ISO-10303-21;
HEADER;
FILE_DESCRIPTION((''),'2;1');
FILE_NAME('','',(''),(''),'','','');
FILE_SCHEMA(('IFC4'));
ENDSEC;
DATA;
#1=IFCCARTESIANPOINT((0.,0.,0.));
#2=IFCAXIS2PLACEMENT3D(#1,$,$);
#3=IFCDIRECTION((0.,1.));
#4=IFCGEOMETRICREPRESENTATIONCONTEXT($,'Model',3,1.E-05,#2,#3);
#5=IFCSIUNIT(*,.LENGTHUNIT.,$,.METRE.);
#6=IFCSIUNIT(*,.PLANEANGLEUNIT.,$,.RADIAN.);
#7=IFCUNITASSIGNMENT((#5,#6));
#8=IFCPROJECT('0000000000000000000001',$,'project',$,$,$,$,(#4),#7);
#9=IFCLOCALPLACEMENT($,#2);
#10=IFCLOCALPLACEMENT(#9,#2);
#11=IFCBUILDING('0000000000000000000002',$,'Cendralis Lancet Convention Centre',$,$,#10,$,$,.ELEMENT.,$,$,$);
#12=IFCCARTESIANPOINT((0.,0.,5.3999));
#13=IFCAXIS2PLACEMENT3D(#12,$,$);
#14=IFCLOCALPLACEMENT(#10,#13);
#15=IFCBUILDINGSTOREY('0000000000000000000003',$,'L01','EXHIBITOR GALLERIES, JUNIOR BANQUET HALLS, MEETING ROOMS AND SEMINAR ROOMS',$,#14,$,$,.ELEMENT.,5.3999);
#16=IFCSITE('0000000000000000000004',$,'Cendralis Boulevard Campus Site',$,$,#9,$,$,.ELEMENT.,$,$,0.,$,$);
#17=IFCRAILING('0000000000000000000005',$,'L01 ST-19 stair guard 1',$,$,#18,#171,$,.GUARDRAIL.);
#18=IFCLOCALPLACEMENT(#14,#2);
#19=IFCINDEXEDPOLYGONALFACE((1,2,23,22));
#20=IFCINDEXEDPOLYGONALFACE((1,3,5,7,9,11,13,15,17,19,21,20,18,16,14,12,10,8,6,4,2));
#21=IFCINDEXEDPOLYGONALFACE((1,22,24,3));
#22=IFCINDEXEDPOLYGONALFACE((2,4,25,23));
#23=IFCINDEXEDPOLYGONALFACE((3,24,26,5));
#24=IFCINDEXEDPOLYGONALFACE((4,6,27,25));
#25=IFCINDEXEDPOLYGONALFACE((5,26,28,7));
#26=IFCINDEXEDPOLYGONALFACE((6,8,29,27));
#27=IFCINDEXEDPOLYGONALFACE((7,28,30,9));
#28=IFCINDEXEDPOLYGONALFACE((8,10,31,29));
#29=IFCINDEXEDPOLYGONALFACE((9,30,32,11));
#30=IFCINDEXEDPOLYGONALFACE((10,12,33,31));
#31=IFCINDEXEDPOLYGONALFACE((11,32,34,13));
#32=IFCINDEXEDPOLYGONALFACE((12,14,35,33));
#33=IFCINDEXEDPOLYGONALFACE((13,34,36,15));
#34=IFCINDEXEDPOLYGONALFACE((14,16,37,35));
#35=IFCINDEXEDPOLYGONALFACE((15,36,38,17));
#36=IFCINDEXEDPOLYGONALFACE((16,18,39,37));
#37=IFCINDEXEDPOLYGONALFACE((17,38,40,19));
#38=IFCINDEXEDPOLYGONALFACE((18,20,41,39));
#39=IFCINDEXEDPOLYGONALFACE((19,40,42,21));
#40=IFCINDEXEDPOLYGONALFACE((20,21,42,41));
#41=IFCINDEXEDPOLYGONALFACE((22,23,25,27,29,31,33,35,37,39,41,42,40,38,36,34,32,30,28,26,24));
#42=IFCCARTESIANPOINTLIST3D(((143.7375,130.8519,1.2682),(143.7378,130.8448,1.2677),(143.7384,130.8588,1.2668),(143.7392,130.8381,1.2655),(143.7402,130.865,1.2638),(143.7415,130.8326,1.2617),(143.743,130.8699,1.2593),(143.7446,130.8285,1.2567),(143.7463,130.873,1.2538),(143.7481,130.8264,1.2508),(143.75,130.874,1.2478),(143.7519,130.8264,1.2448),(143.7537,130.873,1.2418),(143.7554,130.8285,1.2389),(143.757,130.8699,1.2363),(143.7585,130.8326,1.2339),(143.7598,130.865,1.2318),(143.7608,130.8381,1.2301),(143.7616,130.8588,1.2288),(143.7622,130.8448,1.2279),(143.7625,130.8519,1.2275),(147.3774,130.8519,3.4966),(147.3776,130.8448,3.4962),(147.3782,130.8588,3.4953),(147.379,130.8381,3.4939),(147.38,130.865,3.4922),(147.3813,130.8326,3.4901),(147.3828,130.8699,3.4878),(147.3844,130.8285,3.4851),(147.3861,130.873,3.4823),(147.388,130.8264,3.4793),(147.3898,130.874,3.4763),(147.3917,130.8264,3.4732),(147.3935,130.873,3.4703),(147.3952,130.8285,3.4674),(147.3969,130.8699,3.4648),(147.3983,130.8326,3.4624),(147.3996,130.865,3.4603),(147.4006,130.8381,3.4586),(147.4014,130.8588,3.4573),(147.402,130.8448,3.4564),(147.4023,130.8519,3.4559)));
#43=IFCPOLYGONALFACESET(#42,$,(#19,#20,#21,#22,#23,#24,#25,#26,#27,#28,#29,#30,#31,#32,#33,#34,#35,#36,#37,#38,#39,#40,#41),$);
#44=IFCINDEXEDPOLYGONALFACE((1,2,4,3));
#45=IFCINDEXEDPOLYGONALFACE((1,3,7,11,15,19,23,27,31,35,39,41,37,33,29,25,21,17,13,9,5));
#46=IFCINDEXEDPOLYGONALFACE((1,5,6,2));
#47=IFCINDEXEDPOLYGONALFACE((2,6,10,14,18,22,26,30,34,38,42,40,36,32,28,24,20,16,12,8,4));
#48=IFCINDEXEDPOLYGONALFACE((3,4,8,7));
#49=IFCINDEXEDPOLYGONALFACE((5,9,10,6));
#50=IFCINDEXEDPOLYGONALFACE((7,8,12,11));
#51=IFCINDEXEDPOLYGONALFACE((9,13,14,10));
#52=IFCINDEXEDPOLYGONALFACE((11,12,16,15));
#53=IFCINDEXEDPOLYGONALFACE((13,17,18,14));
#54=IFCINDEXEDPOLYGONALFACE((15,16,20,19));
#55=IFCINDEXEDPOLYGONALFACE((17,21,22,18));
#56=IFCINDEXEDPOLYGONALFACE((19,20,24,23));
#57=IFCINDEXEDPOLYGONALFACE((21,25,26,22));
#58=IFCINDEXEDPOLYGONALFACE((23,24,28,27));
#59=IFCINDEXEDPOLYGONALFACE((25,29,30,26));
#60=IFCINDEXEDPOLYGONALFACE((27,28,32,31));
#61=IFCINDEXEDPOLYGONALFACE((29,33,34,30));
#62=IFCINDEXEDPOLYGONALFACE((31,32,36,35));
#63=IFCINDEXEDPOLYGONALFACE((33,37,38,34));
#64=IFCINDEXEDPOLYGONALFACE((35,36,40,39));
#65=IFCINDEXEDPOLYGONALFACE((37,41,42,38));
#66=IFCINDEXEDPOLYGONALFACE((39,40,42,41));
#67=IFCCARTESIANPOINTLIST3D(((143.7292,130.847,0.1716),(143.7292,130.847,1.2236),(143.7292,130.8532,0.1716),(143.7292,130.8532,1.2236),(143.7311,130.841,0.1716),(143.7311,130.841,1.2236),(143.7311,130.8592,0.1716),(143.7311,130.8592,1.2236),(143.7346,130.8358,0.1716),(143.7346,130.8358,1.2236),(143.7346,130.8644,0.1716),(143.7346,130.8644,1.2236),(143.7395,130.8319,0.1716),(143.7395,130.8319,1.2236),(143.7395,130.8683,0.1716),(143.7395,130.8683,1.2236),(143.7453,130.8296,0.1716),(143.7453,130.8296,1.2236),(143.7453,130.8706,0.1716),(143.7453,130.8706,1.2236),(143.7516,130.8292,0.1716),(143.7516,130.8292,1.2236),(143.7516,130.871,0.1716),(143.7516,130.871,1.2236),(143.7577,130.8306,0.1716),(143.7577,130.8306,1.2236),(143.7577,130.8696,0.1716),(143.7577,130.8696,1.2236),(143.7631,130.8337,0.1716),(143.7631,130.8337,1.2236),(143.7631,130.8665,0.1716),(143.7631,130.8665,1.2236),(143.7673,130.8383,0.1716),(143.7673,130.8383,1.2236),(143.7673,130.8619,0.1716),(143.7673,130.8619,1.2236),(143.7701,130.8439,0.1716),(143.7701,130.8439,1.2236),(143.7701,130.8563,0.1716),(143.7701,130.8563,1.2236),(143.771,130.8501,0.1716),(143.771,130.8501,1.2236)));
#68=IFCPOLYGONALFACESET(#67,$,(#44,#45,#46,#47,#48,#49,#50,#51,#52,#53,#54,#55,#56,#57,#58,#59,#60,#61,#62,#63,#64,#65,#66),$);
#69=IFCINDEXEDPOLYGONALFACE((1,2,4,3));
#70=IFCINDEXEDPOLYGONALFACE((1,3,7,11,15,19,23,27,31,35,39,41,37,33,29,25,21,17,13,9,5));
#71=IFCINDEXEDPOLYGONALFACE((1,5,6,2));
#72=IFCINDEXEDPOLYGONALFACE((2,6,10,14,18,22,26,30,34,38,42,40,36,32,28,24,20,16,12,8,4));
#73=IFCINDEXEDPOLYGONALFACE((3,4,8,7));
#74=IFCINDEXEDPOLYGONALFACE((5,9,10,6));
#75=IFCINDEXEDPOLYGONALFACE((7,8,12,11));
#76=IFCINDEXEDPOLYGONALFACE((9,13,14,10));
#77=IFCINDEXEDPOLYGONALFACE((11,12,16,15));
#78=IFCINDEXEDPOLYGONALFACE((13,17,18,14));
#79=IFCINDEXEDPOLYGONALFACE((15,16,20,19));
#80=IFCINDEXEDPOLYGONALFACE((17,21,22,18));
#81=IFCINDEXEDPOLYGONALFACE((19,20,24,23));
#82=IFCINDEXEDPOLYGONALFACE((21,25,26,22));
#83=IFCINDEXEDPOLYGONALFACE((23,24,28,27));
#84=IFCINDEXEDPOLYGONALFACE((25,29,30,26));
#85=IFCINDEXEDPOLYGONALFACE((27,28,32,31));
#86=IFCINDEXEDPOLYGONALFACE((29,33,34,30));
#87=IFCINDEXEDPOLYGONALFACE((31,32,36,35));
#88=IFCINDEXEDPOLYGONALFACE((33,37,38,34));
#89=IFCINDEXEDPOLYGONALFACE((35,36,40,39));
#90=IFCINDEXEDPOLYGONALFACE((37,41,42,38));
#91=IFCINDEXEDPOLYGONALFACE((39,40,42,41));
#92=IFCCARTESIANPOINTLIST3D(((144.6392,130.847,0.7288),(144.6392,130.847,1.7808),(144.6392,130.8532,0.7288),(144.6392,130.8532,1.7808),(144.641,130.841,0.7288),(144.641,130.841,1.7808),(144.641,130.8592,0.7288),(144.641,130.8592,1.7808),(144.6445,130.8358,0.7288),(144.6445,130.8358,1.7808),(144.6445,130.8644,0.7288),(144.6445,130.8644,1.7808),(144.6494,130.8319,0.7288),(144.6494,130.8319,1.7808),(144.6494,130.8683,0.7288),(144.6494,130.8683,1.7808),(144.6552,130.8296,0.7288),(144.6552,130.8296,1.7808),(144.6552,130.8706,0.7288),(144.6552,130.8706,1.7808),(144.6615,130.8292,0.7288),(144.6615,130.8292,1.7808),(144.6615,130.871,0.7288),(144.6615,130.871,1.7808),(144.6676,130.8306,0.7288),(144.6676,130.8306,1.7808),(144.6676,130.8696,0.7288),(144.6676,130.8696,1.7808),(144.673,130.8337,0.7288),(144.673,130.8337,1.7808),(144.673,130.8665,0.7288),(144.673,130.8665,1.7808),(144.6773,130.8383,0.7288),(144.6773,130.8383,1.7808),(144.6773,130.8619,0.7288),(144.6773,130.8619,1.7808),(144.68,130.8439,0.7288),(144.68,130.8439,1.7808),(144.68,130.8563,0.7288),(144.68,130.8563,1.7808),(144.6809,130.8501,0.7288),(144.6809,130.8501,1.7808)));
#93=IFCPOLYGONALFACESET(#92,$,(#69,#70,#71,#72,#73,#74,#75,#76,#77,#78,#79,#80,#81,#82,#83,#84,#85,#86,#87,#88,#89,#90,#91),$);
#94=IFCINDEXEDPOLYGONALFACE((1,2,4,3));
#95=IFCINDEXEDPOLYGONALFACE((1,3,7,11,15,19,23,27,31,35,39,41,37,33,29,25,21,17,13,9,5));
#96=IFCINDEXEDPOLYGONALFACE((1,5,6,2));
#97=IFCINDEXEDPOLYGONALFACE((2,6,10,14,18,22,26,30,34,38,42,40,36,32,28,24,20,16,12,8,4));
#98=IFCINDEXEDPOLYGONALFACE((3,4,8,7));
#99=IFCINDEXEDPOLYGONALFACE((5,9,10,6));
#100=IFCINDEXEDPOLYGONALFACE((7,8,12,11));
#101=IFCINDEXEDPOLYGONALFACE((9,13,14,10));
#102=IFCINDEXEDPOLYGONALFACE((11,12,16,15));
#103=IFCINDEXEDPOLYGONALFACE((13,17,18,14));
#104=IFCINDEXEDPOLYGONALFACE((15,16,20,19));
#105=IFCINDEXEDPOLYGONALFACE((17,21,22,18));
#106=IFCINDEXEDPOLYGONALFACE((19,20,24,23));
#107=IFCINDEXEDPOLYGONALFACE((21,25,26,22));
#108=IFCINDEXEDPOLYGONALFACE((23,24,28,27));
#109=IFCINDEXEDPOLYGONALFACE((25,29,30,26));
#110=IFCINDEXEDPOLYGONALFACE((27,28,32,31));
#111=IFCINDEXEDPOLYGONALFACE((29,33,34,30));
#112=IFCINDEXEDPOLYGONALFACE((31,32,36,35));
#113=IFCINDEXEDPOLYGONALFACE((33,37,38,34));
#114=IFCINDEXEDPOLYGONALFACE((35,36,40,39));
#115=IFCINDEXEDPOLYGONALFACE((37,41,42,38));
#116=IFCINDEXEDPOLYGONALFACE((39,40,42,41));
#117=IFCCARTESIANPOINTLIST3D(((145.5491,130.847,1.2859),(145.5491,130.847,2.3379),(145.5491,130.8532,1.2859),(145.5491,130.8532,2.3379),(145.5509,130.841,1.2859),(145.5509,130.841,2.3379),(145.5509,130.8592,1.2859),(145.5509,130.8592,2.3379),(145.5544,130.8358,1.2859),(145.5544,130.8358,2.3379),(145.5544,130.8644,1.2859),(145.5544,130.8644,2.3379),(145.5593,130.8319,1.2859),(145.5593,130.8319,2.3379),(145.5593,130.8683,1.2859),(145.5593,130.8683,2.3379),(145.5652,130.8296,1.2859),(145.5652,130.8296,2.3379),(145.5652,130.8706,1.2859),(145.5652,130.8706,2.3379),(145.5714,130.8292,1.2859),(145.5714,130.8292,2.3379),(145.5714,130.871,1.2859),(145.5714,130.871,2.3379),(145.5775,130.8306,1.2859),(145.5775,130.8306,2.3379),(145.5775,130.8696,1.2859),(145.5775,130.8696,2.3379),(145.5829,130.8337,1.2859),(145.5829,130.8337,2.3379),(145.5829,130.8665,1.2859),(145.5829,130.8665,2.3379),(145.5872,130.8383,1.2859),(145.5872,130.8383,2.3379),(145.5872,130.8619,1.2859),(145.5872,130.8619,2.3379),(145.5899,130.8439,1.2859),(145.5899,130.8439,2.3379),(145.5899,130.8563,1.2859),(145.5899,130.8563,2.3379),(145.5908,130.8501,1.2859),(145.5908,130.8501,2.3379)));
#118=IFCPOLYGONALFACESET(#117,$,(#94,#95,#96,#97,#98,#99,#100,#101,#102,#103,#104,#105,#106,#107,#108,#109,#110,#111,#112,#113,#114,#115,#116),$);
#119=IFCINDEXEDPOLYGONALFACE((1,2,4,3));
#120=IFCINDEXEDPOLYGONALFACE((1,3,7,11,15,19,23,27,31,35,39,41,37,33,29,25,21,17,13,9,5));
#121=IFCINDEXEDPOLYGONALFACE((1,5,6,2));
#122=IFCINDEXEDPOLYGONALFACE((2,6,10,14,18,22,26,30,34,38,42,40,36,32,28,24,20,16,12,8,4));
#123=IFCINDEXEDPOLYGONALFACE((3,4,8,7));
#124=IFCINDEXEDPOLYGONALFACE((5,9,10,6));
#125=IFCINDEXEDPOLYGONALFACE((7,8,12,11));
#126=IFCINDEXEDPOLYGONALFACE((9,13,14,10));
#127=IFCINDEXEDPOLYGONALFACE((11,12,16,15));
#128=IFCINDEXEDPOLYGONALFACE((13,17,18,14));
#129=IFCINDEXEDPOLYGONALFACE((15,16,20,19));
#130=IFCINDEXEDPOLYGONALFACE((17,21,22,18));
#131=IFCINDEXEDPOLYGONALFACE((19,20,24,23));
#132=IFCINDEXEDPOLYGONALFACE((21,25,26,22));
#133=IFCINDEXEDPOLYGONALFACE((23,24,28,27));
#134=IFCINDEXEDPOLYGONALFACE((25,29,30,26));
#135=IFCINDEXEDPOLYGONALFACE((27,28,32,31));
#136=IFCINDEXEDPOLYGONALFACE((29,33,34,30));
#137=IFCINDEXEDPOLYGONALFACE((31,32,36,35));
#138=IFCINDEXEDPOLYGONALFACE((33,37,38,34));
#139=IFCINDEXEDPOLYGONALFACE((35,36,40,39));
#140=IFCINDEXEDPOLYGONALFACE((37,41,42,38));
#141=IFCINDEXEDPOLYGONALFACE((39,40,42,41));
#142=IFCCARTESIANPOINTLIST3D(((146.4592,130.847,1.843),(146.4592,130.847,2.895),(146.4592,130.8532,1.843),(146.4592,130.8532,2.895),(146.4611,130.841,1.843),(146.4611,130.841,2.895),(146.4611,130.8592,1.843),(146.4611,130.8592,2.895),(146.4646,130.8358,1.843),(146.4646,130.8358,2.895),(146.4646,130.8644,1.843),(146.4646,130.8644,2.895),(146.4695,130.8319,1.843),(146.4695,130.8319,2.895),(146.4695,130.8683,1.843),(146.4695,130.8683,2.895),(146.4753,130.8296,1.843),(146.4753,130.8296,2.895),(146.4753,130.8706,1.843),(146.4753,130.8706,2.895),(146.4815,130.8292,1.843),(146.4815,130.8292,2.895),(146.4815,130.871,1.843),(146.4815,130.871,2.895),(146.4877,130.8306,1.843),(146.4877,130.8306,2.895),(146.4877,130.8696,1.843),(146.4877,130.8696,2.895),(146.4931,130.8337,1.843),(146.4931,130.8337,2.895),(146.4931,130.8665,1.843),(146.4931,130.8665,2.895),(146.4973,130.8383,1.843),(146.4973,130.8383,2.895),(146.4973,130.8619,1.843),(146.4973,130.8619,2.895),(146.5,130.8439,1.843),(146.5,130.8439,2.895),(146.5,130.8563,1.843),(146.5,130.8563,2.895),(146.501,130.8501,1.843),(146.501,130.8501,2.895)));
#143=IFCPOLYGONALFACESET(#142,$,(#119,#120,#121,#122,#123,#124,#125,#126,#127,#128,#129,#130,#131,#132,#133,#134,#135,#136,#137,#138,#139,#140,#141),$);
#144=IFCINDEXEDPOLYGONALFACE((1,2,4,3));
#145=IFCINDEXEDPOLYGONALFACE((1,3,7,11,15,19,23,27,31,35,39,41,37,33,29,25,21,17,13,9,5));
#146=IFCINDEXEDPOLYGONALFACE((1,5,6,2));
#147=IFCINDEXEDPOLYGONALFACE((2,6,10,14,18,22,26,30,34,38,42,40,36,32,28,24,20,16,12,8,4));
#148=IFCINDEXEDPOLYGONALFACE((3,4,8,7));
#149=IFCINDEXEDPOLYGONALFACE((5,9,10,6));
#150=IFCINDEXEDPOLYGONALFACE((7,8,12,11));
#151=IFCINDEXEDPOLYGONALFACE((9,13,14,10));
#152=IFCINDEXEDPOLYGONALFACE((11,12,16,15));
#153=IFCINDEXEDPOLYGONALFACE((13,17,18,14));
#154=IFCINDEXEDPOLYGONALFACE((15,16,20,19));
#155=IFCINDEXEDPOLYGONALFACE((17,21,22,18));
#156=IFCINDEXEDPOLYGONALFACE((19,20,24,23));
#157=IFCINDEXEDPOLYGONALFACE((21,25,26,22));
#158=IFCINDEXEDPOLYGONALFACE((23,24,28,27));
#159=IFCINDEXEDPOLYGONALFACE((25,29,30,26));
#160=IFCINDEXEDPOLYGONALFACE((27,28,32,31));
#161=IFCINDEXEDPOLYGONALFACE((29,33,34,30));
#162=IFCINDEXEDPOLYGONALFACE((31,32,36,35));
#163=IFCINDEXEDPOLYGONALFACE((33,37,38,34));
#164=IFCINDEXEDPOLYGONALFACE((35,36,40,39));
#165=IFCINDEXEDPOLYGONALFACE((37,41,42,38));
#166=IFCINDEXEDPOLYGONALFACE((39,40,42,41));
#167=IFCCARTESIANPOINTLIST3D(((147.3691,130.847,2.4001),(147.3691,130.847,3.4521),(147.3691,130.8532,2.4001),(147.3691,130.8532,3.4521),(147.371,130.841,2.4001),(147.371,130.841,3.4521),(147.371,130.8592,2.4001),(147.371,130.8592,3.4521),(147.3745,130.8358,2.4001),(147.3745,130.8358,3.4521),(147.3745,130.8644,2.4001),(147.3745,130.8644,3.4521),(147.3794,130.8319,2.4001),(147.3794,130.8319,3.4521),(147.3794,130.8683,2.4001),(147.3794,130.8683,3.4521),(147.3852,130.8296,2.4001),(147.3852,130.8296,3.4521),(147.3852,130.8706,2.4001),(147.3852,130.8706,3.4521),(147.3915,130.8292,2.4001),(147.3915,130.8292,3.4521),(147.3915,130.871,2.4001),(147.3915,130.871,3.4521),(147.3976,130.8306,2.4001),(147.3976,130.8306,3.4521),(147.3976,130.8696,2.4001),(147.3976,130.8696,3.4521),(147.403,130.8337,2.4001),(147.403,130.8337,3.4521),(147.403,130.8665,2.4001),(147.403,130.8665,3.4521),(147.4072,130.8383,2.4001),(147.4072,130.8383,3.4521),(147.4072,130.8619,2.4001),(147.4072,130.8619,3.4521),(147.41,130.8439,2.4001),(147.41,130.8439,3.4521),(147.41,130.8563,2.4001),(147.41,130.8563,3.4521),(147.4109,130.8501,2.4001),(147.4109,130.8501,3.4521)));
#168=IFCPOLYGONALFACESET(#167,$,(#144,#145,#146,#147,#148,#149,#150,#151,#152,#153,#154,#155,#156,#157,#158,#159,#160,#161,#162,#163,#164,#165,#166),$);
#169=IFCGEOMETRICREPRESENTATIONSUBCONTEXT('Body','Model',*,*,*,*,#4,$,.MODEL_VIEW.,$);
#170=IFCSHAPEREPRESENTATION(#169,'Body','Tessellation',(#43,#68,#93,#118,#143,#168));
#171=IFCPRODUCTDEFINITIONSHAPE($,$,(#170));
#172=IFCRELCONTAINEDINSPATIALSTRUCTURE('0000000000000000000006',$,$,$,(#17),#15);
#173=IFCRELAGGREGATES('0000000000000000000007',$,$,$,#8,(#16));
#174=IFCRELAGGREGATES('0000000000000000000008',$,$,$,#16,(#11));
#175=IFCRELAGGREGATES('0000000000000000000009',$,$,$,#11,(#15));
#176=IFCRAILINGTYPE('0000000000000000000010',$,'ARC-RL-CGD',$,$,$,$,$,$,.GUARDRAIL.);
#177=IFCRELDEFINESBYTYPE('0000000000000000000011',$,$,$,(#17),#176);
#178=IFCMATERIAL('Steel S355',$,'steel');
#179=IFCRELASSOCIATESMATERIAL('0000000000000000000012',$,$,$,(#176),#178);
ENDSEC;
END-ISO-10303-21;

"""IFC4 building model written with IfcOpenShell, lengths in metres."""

from ifc_helpers import new_model, si_unit, direction, frame, origin, origin_2d, place, context, subcontext, project, spatial, circle, extrude, material, type_object, element, save


model = new_model("IFC4")

# Units and contexts
model_context = context("Model", 3, precision=1e-05, world=origin(), true_north=direction((0.0, 1.0)))
body_context = subcontext(model_context, "Body", "Model", "MODEL_VIEW")
ifc_project = project(units=[si_unit("LENGTHUNIT", "METRE"), si_unit("PLANEANGLEUNIT", "RADIAN")], contexts=[model_context])

# Site, building, storey
site_placement = place(None, origin())
site = spatial("IfcSite", under=ifc_project, at=site_placement, Name="Cendralis Boulevard Campus Site", CompositionType="ELEMENT", RefElevation=0.0)
building_placement = place(site_placement, origin())
building = spatial("IfcBuilding", under=site, at=building_placement, Name="Cendralis Lancet Convention Centre", CompositionType="ELEMENT")
storey_placement = place(building_placement, frame((0.0, 0.0, 5.3999)))
storey = spatial("IfcBuildingStorey", under=building, at=storey_placement, Name="L01", Description="EXHIBITOR GALLERIES, JUNIOR BANQUET HALLS, MEETING ROOMS AND SEMINAR ROOMS", CompositionType="ELEMENT", Elevation=5.3999)

# Shared definitions
ifc_material_1 = material(Name="Steel S355", Category="steel")

# Railing
railing_type_1 = type_object("IfcRailingType", Name="ARC-RL-CGD", PredefinedType="GUARDRAIL", material=ifc_material_1)
railing_1_placement = place(storey_placement, frame((143.75, 130.8501, 0.1716)))
element("IfcRailing", 1, at=railing_1_placement, inside=storey, type_object=railing_type_1, Name="L01 ST-19 stair guard 1", PredefinedType="GUARDRAIL", context=body_context, shape_type="SweptSolid", body=[
    extrude(circle(Radius=0.0239, at=origin_2d()), frame((0.0, 0.0, 1.0762), z_axis=(0.85285, 0.0, 0.522156), x_axis=(0.0, 1.0, 0.0)), (0.0, 0.0, 1.0), 4.2678),
    extrude(circle(Radius=0.021, at=origin_2d()), origin(), (0.0, 0.0, 1.0), 1.052),
    extrude(circle(Radius=0.021, at=origin_2d()), frame((0.9099, 0.0, 0.5571)), (0.0, 0.0, 1.0), 1.052),
    extrude(circle(Radius=0.021, at=origin_2d()), frame((1.8198, 0.0, 1.1143)), (0.0, 0.0, 1.0), 1.052),
    extrude(circle(Radius=0.021, at=origin_2d()), frame((2.73, 0.0, 1.6714)), (0.0, 0.0, 1.0), 1.052),
    extrude(circle(Radius=0.021, at=origin_2d()), frame((3.6399, 0.0, 2.2285)), (0.0, 0.0, 1.0), 1.052),
])

save(model, "model.ifc")
